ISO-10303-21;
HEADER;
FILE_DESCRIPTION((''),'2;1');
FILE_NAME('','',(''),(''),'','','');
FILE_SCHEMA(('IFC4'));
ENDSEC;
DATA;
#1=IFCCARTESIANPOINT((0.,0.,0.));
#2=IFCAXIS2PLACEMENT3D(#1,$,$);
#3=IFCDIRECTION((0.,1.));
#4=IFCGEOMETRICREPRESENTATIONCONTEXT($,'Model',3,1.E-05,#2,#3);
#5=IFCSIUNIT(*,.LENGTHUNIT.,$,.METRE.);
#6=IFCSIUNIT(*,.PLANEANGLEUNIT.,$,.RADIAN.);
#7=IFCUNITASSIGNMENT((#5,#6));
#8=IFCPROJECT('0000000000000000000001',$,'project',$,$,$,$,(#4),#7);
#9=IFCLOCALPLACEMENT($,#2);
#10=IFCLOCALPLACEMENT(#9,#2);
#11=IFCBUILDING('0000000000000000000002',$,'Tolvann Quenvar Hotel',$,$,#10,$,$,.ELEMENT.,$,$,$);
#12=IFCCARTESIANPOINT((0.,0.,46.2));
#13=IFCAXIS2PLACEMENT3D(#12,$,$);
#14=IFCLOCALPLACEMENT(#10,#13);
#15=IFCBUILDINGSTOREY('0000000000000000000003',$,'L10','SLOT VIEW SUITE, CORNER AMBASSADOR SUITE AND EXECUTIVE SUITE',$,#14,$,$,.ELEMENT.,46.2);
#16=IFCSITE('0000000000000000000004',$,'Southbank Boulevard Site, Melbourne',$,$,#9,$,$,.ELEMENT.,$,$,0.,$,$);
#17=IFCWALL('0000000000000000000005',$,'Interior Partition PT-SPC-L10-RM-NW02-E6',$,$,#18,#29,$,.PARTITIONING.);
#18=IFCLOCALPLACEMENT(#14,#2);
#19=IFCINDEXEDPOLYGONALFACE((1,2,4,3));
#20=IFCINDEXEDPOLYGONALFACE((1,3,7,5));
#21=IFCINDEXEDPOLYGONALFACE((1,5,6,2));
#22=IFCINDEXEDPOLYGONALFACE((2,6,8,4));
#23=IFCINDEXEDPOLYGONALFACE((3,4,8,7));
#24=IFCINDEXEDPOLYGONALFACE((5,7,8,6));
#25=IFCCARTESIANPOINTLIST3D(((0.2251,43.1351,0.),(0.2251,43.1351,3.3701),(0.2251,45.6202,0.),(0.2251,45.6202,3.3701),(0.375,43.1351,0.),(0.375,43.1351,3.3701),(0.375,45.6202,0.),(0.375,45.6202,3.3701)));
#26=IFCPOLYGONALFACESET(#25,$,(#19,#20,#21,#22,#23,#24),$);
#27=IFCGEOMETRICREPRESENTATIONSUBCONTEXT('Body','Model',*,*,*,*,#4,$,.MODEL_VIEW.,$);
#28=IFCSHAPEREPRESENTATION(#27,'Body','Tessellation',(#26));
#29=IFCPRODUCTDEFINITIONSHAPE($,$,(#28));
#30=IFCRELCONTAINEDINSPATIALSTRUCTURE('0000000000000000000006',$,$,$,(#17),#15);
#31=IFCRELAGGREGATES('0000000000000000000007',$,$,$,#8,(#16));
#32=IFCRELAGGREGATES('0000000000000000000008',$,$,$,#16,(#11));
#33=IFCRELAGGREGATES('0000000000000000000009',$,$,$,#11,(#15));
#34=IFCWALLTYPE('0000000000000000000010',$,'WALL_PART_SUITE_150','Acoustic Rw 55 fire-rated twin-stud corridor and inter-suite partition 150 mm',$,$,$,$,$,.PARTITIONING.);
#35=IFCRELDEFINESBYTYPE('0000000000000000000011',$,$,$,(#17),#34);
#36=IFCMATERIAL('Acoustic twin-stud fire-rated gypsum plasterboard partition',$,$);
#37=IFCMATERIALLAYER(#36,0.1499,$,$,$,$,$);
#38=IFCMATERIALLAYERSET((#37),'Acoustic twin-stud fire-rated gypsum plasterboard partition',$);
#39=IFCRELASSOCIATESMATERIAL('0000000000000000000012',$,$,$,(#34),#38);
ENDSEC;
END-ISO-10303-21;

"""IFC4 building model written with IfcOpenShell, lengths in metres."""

from ifc_helpers import new_model, si_unit, direction, frame, frame_2d, origin, place, context, subcontext, project, spatial, rectangle, extrude, material, layer, layer_set, type_object, element, save


model = new_model("IFC4")

# Units and contexts
model_context = context("Model", 3, precision=1e-05, world=origin(), true_north=direction((0.0, 1.0)))
body_context = subcontext(model_context, "Body", "Model", "MODEL_VIEW")
ifc_project = project(units=[si_unit("LENGTHUNIT", "METRE"), si_unit("PLANEANGLEUNIT", "RADIAN")], contexts=[model_context])

# Site, building, storey
site_placement = place(None, origin())
site = spatial("IfcSite", under=ifc_project, at=site_placement, Name="Southbank Boulevard Site, Melbourne", CompositionType="ELEMENT", RefElevation=0.0)
building_placement = place(site_placement, origin())
building = spatial("IfcBuilding", under=site, at=building_placement, Name="Tolvann Quenvar Hotel", CompositionType="ELEMENT")
storey_placement = place(building_placement, frame((0.0, 0.0, 46.2)))
storey = spatial("IfcBuildingStorey", under=building, at=storey_placement, Name="L10", Description="SLOT VIEW SUITE, CORNER AMBASSADOR SUITE AND EXECUTIVE SUITE", CompositionType="ELEMENT", Elevation=46.2)

# Wall
ifc_material_1 = material(Name="Acoustic twin-stud fire-rated gypsum plasterboard partition")
ifc_layer_1 = layer(ifc_material_1, 0.1499)
ifc_layer_set_1 = layer_set([ifc_layer_1], Name="Acoustic twin-stud fire-rated gypsum plasterboard partition")
wall_type_1 = type_object("IfcWallType", Name="WALL_PART_SUITE_150", Description="Acoustic Rw 55 fire-rated twin-stud corridor and inter-suite partition 150 mm", PredefinedType="PARTITIONING", material=ifc_layer_set_1)
wall_1_placement = place(storey_placement, frame((0.3, 43.135, 0.0), z_axis=(0.0, 0.0, 1.0), x_axis=(0.0, 1.0, 0.0)))
element("IfcWall", 1, at=wall_1_placement, inside=storey, type_object=wall_type_1, Name="Interior Partition PT-SPC-L10-RM-NW02-E6", PredefinedType="PARTITIONING", context=body_context, shape_type="SweptSolid", body=[
    extrude(rectangle(XDim=2.4851, YDim=0.1499, at=frame_2d((1.2427, 0.0))), origin(), (0.0, 0.0, 1.0), 3.3701),
])

save(model, "model.ifc")
